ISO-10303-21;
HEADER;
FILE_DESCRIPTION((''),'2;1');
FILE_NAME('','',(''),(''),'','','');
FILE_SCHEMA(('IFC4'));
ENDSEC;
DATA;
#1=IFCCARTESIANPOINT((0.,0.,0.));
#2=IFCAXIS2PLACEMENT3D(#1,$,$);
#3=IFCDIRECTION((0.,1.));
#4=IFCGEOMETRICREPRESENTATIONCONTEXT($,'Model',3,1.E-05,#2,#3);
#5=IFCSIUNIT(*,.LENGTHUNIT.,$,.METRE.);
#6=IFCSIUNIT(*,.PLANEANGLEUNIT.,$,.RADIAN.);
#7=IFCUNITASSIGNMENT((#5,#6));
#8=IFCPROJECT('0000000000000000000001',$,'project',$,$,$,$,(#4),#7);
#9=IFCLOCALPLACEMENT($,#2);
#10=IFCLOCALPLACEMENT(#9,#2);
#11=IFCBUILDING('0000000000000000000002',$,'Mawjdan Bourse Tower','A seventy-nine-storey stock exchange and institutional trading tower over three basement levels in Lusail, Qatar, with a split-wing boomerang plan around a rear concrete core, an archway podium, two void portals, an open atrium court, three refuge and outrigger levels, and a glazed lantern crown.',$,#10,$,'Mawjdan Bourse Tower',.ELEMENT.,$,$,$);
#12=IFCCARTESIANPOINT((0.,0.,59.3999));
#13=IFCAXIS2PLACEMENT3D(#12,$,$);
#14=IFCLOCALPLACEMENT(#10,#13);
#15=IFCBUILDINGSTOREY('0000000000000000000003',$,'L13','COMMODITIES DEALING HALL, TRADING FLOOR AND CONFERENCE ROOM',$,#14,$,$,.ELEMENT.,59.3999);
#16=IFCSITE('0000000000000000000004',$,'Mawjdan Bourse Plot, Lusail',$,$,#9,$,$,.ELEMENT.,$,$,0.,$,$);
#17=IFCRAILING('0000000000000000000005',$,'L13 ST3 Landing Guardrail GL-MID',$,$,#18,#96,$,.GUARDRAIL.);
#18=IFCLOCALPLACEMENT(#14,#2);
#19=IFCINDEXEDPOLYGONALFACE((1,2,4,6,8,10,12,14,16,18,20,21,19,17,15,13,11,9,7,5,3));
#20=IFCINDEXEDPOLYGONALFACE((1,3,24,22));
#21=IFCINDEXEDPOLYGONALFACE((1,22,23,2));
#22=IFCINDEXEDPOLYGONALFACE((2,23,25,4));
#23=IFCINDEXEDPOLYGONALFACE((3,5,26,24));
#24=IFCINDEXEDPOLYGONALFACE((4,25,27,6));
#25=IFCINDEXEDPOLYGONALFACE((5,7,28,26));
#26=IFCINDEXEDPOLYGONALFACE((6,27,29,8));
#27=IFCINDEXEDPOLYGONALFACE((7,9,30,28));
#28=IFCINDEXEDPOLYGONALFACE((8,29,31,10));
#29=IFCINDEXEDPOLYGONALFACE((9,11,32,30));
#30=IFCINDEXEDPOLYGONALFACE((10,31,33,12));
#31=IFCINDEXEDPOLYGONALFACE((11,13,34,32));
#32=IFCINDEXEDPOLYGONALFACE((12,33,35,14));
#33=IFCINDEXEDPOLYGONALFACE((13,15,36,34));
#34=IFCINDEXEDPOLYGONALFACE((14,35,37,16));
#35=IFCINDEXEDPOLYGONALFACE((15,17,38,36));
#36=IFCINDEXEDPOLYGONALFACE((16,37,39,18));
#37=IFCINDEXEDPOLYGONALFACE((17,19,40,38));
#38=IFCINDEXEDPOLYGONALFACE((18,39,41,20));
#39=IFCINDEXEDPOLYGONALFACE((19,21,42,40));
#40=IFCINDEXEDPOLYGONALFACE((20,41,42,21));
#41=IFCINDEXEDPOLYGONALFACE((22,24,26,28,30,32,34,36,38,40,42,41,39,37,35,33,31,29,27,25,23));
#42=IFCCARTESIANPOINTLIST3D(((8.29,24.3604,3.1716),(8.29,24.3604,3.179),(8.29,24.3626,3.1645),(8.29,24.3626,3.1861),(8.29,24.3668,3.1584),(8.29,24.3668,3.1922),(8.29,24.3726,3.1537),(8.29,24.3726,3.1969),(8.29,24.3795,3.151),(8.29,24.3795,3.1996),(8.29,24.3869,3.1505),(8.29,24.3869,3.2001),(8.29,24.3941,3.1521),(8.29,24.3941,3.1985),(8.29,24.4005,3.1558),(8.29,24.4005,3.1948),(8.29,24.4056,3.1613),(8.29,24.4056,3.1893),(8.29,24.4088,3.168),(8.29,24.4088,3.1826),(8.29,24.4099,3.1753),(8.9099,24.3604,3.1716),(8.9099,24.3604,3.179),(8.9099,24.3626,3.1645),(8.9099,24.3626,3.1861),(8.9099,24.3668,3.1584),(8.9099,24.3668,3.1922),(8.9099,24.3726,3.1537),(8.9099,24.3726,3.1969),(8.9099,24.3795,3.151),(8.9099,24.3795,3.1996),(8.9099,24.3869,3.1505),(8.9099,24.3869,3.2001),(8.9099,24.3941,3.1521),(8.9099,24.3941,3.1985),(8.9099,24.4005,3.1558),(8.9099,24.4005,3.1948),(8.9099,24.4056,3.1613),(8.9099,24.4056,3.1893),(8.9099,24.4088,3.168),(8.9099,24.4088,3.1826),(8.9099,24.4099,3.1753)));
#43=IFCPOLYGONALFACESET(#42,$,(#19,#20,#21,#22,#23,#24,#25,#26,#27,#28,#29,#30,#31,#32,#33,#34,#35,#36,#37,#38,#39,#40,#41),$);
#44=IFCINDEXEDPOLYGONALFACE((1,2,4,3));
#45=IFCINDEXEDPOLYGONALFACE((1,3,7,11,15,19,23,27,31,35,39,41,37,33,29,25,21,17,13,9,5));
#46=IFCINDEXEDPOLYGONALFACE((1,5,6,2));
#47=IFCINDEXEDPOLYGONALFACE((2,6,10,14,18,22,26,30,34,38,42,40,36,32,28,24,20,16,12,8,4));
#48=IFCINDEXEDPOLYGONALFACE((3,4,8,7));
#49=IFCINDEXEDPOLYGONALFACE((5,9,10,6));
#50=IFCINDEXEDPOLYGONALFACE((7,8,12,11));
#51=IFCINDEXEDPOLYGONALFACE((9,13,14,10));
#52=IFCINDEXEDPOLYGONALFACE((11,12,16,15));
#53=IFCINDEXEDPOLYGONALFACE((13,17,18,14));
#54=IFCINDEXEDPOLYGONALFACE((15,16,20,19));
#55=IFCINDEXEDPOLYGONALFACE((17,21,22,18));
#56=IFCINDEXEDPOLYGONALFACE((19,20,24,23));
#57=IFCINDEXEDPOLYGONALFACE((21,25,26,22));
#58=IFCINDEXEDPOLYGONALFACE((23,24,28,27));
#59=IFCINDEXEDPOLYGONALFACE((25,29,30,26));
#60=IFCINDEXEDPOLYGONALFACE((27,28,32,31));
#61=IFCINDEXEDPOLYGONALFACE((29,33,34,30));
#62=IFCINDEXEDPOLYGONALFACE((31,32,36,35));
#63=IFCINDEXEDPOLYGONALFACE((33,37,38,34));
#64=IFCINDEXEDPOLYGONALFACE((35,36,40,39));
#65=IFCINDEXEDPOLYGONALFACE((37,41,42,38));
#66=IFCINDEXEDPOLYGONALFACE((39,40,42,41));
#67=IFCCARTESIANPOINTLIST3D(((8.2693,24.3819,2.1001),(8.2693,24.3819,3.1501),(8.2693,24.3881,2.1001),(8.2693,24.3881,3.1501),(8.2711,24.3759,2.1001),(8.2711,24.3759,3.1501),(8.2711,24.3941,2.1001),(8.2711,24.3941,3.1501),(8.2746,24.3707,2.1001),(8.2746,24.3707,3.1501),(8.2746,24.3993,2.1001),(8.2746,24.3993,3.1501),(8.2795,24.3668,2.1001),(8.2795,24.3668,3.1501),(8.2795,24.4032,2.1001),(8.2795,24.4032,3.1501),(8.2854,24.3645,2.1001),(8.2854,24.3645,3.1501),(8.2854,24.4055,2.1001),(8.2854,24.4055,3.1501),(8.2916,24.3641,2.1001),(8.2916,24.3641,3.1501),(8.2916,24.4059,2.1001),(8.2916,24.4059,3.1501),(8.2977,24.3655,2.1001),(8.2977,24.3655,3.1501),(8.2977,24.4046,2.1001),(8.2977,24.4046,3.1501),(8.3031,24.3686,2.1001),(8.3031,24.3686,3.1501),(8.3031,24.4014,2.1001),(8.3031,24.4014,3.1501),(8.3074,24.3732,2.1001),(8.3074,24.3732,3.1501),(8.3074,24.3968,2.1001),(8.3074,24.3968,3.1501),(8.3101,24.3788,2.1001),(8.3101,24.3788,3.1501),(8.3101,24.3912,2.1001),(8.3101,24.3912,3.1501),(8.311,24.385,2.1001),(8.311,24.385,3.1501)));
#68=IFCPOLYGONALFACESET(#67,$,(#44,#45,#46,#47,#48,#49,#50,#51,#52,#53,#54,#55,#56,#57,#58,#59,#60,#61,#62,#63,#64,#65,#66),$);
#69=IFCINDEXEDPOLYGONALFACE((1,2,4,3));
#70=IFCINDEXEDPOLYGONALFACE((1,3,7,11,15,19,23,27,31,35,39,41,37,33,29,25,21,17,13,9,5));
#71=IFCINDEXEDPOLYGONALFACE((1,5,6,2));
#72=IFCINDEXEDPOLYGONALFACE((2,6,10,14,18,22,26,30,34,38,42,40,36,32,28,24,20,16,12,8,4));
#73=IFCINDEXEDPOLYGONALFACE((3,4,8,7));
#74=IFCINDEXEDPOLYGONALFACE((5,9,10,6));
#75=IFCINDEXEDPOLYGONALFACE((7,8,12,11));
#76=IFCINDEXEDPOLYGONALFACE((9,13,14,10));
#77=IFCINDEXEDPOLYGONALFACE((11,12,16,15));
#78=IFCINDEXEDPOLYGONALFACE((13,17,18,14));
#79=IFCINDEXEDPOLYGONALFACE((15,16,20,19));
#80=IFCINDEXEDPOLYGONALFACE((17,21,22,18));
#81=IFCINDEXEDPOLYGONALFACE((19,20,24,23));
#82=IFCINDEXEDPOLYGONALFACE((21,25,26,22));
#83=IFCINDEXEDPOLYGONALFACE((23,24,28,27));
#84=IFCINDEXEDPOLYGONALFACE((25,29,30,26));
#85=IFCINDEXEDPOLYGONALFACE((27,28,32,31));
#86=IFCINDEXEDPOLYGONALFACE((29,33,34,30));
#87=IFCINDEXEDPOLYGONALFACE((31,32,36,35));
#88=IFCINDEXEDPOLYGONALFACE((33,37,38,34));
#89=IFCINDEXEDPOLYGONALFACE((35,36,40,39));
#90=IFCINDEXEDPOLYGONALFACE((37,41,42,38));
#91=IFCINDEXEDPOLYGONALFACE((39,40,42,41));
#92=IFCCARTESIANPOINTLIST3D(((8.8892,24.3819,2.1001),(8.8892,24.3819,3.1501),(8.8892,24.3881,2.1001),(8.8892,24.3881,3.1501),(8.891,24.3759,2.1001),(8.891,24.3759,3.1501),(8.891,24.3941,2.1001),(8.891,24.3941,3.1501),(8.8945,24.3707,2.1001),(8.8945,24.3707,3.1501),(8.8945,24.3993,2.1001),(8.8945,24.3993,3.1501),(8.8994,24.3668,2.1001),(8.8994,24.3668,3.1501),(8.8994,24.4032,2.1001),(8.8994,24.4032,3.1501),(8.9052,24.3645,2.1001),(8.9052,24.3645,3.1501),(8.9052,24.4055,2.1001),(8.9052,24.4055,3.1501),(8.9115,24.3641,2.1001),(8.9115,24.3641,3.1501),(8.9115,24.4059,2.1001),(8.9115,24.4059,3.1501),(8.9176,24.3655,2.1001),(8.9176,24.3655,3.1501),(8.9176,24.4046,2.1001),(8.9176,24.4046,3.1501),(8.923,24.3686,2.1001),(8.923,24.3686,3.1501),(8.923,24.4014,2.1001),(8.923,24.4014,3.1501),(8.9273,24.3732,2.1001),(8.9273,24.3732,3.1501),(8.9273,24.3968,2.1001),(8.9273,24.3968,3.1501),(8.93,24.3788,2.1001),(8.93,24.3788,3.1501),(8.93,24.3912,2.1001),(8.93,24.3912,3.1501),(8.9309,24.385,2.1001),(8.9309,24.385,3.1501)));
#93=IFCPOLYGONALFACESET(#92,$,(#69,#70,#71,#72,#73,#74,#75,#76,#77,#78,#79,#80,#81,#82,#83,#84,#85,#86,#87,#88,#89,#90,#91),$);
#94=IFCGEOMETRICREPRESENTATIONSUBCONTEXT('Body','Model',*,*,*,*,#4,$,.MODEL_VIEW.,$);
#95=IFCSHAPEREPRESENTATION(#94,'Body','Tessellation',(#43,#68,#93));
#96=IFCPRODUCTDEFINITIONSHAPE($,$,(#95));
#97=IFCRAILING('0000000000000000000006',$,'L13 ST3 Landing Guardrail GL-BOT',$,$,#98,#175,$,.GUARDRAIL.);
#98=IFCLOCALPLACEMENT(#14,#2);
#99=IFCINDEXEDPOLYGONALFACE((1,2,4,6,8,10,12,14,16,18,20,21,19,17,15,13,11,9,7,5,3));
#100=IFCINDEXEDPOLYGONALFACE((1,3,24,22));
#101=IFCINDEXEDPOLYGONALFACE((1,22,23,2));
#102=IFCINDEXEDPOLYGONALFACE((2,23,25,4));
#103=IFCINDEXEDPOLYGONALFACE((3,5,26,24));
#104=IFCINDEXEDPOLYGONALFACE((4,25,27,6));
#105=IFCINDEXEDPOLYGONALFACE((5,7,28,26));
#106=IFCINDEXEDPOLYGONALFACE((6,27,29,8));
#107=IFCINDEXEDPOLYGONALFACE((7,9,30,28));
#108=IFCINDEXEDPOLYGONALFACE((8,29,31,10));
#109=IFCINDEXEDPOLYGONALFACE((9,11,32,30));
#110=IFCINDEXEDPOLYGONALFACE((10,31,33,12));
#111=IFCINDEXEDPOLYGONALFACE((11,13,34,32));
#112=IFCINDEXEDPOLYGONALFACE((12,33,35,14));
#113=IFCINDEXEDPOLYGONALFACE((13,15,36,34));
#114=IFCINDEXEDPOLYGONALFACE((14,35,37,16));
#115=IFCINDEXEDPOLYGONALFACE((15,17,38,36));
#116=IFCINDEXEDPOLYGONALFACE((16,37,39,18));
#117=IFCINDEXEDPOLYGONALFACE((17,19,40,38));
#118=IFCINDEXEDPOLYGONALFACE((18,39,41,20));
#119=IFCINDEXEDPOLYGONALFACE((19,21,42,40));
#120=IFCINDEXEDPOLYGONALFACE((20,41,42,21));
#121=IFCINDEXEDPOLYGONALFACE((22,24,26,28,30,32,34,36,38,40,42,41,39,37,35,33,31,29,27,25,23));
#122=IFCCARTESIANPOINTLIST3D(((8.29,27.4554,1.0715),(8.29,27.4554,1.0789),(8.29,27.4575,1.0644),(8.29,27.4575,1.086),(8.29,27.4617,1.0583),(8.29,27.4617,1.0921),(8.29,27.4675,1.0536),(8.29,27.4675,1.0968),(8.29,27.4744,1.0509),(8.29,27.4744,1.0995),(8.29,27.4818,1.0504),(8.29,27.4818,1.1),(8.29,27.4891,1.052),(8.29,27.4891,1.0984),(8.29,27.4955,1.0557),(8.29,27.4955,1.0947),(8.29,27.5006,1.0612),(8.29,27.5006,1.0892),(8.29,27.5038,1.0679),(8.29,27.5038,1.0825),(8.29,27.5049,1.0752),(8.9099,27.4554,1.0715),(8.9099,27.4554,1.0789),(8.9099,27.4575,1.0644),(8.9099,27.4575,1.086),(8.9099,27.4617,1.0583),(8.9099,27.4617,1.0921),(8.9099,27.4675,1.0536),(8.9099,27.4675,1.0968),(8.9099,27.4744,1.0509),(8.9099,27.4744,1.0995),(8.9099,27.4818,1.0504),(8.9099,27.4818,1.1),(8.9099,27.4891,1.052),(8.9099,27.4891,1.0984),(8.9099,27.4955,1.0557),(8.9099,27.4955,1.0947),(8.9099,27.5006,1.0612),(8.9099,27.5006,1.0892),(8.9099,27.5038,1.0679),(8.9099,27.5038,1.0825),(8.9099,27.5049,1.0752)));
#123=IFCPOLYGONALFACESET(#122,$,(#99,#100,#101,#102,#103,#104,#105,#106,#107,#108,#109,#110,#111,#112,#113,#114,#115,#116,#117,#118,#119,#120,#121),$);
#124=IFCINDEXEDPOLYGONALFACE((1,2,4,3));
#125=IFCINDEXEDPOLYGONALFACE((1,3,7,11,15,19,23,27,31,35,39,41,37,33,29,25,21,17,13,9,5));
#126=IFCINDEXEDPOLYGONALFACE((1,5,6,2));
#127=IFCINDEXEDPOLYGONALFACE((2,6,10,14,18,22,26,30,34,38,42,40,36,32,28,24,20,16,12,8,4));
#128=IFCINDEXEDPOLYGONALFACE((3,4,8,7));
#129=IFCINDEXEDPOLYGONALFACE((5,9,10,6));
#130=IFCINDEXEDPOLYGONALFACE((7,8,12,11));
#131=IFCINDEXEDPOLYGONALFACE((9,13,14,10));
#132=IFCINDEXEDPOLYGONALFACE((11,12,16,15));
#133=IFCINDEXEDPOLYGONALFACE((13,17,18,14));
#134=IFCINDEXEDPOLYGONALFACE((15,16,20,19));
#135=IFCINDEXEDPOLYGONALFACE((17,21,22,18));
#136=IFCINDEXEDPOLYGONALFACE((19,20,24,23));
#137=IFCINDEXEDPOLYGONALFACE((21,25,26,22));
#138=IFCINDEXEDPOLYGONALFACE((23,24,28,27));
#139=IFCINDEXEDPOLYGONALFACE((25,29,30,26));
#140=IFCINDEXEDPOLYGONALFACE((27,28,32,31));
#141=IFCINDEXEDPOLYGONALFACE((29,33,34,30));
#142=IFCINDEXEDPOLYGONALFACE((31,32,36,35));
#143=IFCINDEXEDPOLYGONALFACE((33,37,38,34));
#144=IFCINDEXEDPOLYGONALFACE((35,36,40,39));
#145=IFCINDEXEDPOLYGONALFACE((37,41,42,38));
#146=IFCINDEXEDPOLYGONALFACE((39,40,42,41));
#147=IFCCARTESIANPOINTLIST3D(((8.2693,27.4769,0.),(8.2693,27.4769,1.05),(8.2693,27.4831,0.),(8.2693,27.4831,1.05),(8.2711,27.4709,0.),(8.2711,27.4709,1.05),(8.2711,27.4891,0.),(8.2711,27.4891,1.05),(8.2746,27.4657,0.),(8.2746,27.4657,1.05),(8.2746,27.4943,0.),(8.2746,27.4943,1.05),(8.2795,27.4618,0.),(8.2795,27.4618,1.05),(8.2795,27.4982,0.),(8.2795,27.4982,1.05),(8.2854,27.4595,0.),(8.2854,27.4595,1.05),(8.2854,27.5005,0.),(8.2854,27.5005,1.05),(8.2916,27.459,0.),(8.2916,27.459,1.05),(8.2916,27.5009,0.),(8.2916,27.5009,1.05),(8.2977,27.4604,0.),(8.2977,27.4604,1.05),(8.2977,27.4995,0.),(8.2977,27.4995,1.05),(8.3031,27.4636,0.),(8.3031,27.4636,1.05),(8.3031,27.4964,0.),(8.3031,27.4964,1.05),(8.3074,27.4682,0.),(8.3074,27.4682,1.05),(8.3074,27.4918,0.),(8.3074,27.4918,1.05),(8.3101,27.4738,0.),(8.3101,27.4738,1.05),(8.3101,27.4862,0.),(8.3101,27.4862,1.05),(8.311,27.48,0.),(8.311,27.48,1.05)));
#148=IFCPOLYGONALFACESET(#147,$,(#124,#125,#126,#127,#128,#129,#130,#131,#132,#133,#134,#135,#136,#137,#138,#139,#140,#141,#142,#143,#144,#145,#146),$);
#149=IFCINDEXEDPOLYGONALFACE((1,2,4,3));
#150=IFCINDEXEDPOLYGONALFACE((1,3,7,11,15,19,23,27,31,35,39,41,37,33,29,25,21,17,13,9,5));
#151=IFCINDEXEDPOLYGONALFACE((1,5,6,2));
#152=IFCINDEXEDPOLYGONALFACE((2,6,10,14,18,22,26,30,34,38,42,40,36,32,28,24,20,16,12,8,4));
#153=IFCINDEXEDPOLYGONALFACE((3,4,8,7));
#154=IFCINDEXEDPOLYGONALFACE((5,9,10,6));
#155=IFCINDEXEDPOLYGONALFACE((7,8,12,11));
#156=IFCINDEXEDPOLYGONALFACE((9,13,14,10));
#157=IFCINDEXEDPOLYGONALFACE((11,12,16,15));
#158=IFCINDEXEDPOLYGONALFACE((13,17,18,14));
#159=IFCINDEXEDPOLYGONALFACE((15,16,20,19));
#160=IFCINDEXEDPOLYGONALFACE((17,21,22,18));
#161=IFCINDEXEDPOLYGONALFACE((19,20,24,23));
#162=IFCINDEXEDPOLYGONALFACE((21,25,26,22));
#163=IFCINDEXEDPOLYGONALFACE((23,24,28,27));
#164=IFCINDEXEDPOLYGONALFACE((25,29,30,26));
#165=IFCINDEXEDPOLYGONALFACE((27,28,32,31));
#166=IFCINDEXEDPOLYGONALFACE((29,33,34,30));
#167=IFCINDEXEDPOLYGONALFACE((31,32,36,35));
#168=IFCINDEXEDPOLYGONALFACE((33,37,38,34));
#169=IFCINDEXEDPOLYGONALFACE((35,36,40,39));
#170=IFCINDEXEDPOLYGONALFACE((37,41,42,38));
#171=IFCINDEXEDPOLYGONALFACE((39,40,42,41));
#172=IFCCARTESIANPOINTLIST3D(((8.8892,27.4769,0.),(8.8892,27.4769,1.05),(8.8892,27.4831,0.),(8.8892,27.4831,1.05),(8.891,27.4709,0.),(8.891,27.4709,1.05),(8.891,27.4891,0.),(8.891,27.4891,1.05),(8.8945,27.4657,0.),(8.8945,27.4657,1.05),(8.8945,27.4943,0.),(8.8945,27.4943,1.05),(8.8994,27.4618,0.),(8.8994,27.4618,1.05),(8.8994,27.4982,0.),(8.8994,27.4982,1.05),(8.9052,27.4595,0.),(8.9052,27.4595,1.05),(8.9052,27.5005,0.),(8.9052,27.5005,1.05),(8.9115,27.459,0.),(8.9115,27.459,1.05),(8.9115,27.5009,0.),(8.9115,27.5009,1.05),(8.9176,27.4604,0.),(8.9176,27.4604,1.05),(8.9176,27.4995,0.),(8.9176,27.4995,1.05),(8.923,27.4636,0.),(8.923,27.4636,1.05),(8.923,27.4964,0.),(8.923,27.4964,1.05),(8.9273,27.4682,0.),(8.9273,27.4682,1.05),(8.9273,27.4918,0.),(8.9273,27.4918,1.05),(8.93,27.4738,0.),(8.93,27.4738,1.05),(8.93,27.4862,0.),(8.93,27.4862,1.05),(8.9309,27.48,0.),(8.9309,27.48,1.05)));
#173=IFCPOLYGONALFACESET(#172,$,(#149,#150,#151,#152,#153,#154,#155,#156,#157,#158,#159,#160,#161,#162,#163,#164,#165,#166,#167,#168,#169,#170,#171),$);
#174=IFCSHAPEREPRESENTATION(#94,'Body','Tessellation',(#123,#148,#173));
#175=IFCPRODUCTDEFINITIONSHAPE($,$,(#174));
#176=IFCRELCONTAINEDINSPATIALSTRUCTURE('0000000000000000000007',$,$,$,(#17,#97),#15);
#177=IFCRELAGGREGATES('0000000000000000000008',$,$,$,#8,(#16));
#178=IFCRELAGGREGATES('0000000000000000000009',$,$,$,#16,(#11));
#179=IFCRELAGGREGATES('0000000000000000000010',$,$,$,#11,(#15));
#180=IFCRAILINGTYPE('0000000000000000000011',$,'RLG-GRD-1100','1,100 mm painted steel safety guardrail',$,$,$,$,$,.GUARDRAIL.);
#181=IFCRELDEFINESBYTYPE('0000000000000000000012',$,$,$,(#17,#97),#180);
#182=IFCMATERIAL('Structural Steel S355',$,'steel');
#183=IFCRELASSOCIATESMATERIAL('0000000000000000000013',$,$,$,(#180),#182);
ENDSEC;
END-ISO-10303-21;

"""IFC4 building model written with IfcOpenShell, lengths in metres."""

from ifc_helpers import new_model, si_unit, direction, frame, origin, origin_2d, place, context, subcontext, project, spatial, circle, extrude, material, type_object, element, save


model = new_model("IFC4")

# Units and contexts
model_context = context("Model", 3, precision=1e-05, world=origin(), true_north=direction((0.0, 1.0)))
body_context = subcontext(model_context, "Body", "Model", "MODEL_VIEW")
ifc_project = project(units=[si_unit("LENGTHUNIT", "METRE"), si_unit("PLANEANGLEUNIT", "RADIAN")], contexts=[model_context])

# Site, building, storey
site_placement = place(None, origin())
site = spatial("IfcSite", under=ifc_project, at=site_placement, Name="Mawjdan Bourse Plot, Lusail", CompositionType="ELEMENT", RefElevation=0.0)
building_placement = place(site_placement, origin())
building = spatial("IfcBuilding", under=site, at=building_placement, Name="Mawjdan Bourse Tower", Description="A seventy-nine-storey stock exchange and institutional trading tower over three basement levels in Lusail, Qatar, with a split-wing boomerang plan around a rear concrete core, an archway podium, two void portals, an open atrium court, three refuge and outrigger levels, and a glazed lantern crown.", LongName="Mawjdan Bourse Tower", CompositionType="ELEMENT")
storey_placement = place(building_placement, frame((0.0, 0.0, 59.3999)))
storey = spatial("IfcBuildingStorey", under=building, at=storey_placement, Name="L13", Description="COMMODITIES DEALING HALL, TRADING FLOOR AND CONFERENCE ROOM", CompositionType="ELEMENT", Elevation=59.3999)

# Shared definitions
ifc_material_1 = material(Name="Structural Steel S355", Category="steel")

# Railings
railing_type_1 = type_object("IfcRailingType", Name="RLG-GRD-1100", Description="1,100 mm painted steel safety guardrail", PredefinedType="GUARDRAIL", material=ifc_material_1)
for number, where, name in (
    (1, (8.29, 24.385, 2.1001), "L13 ST3 Landing Guardrail GL-MID"),
    (2, (8.29, 27.48, 0.0), "L13 ST3 Landing Guardrail GL-BOT"),
):
    element("IfcRailing", number, at=place(storey_placement, frame(where)), inside=storey, type_object=railing_type_1, Name=name, PredefinedType="GUARDRAIL", context=body_context, shape_type="SweptSolid", body=[
        extrude(circle(Radius=0.0249, at=origin_2d()), frame((0.0, 0.0, 1.0752), z_axis=(1.0, 0.0, 0.0), x_axis=(0.0, 1.0, 0.0)), (0.0, 0.0, 1.0), 0.6199),
        extrude(circle(Radius=0.021, at=origin_2d()), origin(), (0.0, 0.0, 1.0), 1.05),
        extrude(circle(Radius=0.021, at=origin_2d()), frame((0.6199, 0.0, 0.0)), (0.0, 0.0, 1.0), 1.05),
    ])

save(model, "model.ifc")
